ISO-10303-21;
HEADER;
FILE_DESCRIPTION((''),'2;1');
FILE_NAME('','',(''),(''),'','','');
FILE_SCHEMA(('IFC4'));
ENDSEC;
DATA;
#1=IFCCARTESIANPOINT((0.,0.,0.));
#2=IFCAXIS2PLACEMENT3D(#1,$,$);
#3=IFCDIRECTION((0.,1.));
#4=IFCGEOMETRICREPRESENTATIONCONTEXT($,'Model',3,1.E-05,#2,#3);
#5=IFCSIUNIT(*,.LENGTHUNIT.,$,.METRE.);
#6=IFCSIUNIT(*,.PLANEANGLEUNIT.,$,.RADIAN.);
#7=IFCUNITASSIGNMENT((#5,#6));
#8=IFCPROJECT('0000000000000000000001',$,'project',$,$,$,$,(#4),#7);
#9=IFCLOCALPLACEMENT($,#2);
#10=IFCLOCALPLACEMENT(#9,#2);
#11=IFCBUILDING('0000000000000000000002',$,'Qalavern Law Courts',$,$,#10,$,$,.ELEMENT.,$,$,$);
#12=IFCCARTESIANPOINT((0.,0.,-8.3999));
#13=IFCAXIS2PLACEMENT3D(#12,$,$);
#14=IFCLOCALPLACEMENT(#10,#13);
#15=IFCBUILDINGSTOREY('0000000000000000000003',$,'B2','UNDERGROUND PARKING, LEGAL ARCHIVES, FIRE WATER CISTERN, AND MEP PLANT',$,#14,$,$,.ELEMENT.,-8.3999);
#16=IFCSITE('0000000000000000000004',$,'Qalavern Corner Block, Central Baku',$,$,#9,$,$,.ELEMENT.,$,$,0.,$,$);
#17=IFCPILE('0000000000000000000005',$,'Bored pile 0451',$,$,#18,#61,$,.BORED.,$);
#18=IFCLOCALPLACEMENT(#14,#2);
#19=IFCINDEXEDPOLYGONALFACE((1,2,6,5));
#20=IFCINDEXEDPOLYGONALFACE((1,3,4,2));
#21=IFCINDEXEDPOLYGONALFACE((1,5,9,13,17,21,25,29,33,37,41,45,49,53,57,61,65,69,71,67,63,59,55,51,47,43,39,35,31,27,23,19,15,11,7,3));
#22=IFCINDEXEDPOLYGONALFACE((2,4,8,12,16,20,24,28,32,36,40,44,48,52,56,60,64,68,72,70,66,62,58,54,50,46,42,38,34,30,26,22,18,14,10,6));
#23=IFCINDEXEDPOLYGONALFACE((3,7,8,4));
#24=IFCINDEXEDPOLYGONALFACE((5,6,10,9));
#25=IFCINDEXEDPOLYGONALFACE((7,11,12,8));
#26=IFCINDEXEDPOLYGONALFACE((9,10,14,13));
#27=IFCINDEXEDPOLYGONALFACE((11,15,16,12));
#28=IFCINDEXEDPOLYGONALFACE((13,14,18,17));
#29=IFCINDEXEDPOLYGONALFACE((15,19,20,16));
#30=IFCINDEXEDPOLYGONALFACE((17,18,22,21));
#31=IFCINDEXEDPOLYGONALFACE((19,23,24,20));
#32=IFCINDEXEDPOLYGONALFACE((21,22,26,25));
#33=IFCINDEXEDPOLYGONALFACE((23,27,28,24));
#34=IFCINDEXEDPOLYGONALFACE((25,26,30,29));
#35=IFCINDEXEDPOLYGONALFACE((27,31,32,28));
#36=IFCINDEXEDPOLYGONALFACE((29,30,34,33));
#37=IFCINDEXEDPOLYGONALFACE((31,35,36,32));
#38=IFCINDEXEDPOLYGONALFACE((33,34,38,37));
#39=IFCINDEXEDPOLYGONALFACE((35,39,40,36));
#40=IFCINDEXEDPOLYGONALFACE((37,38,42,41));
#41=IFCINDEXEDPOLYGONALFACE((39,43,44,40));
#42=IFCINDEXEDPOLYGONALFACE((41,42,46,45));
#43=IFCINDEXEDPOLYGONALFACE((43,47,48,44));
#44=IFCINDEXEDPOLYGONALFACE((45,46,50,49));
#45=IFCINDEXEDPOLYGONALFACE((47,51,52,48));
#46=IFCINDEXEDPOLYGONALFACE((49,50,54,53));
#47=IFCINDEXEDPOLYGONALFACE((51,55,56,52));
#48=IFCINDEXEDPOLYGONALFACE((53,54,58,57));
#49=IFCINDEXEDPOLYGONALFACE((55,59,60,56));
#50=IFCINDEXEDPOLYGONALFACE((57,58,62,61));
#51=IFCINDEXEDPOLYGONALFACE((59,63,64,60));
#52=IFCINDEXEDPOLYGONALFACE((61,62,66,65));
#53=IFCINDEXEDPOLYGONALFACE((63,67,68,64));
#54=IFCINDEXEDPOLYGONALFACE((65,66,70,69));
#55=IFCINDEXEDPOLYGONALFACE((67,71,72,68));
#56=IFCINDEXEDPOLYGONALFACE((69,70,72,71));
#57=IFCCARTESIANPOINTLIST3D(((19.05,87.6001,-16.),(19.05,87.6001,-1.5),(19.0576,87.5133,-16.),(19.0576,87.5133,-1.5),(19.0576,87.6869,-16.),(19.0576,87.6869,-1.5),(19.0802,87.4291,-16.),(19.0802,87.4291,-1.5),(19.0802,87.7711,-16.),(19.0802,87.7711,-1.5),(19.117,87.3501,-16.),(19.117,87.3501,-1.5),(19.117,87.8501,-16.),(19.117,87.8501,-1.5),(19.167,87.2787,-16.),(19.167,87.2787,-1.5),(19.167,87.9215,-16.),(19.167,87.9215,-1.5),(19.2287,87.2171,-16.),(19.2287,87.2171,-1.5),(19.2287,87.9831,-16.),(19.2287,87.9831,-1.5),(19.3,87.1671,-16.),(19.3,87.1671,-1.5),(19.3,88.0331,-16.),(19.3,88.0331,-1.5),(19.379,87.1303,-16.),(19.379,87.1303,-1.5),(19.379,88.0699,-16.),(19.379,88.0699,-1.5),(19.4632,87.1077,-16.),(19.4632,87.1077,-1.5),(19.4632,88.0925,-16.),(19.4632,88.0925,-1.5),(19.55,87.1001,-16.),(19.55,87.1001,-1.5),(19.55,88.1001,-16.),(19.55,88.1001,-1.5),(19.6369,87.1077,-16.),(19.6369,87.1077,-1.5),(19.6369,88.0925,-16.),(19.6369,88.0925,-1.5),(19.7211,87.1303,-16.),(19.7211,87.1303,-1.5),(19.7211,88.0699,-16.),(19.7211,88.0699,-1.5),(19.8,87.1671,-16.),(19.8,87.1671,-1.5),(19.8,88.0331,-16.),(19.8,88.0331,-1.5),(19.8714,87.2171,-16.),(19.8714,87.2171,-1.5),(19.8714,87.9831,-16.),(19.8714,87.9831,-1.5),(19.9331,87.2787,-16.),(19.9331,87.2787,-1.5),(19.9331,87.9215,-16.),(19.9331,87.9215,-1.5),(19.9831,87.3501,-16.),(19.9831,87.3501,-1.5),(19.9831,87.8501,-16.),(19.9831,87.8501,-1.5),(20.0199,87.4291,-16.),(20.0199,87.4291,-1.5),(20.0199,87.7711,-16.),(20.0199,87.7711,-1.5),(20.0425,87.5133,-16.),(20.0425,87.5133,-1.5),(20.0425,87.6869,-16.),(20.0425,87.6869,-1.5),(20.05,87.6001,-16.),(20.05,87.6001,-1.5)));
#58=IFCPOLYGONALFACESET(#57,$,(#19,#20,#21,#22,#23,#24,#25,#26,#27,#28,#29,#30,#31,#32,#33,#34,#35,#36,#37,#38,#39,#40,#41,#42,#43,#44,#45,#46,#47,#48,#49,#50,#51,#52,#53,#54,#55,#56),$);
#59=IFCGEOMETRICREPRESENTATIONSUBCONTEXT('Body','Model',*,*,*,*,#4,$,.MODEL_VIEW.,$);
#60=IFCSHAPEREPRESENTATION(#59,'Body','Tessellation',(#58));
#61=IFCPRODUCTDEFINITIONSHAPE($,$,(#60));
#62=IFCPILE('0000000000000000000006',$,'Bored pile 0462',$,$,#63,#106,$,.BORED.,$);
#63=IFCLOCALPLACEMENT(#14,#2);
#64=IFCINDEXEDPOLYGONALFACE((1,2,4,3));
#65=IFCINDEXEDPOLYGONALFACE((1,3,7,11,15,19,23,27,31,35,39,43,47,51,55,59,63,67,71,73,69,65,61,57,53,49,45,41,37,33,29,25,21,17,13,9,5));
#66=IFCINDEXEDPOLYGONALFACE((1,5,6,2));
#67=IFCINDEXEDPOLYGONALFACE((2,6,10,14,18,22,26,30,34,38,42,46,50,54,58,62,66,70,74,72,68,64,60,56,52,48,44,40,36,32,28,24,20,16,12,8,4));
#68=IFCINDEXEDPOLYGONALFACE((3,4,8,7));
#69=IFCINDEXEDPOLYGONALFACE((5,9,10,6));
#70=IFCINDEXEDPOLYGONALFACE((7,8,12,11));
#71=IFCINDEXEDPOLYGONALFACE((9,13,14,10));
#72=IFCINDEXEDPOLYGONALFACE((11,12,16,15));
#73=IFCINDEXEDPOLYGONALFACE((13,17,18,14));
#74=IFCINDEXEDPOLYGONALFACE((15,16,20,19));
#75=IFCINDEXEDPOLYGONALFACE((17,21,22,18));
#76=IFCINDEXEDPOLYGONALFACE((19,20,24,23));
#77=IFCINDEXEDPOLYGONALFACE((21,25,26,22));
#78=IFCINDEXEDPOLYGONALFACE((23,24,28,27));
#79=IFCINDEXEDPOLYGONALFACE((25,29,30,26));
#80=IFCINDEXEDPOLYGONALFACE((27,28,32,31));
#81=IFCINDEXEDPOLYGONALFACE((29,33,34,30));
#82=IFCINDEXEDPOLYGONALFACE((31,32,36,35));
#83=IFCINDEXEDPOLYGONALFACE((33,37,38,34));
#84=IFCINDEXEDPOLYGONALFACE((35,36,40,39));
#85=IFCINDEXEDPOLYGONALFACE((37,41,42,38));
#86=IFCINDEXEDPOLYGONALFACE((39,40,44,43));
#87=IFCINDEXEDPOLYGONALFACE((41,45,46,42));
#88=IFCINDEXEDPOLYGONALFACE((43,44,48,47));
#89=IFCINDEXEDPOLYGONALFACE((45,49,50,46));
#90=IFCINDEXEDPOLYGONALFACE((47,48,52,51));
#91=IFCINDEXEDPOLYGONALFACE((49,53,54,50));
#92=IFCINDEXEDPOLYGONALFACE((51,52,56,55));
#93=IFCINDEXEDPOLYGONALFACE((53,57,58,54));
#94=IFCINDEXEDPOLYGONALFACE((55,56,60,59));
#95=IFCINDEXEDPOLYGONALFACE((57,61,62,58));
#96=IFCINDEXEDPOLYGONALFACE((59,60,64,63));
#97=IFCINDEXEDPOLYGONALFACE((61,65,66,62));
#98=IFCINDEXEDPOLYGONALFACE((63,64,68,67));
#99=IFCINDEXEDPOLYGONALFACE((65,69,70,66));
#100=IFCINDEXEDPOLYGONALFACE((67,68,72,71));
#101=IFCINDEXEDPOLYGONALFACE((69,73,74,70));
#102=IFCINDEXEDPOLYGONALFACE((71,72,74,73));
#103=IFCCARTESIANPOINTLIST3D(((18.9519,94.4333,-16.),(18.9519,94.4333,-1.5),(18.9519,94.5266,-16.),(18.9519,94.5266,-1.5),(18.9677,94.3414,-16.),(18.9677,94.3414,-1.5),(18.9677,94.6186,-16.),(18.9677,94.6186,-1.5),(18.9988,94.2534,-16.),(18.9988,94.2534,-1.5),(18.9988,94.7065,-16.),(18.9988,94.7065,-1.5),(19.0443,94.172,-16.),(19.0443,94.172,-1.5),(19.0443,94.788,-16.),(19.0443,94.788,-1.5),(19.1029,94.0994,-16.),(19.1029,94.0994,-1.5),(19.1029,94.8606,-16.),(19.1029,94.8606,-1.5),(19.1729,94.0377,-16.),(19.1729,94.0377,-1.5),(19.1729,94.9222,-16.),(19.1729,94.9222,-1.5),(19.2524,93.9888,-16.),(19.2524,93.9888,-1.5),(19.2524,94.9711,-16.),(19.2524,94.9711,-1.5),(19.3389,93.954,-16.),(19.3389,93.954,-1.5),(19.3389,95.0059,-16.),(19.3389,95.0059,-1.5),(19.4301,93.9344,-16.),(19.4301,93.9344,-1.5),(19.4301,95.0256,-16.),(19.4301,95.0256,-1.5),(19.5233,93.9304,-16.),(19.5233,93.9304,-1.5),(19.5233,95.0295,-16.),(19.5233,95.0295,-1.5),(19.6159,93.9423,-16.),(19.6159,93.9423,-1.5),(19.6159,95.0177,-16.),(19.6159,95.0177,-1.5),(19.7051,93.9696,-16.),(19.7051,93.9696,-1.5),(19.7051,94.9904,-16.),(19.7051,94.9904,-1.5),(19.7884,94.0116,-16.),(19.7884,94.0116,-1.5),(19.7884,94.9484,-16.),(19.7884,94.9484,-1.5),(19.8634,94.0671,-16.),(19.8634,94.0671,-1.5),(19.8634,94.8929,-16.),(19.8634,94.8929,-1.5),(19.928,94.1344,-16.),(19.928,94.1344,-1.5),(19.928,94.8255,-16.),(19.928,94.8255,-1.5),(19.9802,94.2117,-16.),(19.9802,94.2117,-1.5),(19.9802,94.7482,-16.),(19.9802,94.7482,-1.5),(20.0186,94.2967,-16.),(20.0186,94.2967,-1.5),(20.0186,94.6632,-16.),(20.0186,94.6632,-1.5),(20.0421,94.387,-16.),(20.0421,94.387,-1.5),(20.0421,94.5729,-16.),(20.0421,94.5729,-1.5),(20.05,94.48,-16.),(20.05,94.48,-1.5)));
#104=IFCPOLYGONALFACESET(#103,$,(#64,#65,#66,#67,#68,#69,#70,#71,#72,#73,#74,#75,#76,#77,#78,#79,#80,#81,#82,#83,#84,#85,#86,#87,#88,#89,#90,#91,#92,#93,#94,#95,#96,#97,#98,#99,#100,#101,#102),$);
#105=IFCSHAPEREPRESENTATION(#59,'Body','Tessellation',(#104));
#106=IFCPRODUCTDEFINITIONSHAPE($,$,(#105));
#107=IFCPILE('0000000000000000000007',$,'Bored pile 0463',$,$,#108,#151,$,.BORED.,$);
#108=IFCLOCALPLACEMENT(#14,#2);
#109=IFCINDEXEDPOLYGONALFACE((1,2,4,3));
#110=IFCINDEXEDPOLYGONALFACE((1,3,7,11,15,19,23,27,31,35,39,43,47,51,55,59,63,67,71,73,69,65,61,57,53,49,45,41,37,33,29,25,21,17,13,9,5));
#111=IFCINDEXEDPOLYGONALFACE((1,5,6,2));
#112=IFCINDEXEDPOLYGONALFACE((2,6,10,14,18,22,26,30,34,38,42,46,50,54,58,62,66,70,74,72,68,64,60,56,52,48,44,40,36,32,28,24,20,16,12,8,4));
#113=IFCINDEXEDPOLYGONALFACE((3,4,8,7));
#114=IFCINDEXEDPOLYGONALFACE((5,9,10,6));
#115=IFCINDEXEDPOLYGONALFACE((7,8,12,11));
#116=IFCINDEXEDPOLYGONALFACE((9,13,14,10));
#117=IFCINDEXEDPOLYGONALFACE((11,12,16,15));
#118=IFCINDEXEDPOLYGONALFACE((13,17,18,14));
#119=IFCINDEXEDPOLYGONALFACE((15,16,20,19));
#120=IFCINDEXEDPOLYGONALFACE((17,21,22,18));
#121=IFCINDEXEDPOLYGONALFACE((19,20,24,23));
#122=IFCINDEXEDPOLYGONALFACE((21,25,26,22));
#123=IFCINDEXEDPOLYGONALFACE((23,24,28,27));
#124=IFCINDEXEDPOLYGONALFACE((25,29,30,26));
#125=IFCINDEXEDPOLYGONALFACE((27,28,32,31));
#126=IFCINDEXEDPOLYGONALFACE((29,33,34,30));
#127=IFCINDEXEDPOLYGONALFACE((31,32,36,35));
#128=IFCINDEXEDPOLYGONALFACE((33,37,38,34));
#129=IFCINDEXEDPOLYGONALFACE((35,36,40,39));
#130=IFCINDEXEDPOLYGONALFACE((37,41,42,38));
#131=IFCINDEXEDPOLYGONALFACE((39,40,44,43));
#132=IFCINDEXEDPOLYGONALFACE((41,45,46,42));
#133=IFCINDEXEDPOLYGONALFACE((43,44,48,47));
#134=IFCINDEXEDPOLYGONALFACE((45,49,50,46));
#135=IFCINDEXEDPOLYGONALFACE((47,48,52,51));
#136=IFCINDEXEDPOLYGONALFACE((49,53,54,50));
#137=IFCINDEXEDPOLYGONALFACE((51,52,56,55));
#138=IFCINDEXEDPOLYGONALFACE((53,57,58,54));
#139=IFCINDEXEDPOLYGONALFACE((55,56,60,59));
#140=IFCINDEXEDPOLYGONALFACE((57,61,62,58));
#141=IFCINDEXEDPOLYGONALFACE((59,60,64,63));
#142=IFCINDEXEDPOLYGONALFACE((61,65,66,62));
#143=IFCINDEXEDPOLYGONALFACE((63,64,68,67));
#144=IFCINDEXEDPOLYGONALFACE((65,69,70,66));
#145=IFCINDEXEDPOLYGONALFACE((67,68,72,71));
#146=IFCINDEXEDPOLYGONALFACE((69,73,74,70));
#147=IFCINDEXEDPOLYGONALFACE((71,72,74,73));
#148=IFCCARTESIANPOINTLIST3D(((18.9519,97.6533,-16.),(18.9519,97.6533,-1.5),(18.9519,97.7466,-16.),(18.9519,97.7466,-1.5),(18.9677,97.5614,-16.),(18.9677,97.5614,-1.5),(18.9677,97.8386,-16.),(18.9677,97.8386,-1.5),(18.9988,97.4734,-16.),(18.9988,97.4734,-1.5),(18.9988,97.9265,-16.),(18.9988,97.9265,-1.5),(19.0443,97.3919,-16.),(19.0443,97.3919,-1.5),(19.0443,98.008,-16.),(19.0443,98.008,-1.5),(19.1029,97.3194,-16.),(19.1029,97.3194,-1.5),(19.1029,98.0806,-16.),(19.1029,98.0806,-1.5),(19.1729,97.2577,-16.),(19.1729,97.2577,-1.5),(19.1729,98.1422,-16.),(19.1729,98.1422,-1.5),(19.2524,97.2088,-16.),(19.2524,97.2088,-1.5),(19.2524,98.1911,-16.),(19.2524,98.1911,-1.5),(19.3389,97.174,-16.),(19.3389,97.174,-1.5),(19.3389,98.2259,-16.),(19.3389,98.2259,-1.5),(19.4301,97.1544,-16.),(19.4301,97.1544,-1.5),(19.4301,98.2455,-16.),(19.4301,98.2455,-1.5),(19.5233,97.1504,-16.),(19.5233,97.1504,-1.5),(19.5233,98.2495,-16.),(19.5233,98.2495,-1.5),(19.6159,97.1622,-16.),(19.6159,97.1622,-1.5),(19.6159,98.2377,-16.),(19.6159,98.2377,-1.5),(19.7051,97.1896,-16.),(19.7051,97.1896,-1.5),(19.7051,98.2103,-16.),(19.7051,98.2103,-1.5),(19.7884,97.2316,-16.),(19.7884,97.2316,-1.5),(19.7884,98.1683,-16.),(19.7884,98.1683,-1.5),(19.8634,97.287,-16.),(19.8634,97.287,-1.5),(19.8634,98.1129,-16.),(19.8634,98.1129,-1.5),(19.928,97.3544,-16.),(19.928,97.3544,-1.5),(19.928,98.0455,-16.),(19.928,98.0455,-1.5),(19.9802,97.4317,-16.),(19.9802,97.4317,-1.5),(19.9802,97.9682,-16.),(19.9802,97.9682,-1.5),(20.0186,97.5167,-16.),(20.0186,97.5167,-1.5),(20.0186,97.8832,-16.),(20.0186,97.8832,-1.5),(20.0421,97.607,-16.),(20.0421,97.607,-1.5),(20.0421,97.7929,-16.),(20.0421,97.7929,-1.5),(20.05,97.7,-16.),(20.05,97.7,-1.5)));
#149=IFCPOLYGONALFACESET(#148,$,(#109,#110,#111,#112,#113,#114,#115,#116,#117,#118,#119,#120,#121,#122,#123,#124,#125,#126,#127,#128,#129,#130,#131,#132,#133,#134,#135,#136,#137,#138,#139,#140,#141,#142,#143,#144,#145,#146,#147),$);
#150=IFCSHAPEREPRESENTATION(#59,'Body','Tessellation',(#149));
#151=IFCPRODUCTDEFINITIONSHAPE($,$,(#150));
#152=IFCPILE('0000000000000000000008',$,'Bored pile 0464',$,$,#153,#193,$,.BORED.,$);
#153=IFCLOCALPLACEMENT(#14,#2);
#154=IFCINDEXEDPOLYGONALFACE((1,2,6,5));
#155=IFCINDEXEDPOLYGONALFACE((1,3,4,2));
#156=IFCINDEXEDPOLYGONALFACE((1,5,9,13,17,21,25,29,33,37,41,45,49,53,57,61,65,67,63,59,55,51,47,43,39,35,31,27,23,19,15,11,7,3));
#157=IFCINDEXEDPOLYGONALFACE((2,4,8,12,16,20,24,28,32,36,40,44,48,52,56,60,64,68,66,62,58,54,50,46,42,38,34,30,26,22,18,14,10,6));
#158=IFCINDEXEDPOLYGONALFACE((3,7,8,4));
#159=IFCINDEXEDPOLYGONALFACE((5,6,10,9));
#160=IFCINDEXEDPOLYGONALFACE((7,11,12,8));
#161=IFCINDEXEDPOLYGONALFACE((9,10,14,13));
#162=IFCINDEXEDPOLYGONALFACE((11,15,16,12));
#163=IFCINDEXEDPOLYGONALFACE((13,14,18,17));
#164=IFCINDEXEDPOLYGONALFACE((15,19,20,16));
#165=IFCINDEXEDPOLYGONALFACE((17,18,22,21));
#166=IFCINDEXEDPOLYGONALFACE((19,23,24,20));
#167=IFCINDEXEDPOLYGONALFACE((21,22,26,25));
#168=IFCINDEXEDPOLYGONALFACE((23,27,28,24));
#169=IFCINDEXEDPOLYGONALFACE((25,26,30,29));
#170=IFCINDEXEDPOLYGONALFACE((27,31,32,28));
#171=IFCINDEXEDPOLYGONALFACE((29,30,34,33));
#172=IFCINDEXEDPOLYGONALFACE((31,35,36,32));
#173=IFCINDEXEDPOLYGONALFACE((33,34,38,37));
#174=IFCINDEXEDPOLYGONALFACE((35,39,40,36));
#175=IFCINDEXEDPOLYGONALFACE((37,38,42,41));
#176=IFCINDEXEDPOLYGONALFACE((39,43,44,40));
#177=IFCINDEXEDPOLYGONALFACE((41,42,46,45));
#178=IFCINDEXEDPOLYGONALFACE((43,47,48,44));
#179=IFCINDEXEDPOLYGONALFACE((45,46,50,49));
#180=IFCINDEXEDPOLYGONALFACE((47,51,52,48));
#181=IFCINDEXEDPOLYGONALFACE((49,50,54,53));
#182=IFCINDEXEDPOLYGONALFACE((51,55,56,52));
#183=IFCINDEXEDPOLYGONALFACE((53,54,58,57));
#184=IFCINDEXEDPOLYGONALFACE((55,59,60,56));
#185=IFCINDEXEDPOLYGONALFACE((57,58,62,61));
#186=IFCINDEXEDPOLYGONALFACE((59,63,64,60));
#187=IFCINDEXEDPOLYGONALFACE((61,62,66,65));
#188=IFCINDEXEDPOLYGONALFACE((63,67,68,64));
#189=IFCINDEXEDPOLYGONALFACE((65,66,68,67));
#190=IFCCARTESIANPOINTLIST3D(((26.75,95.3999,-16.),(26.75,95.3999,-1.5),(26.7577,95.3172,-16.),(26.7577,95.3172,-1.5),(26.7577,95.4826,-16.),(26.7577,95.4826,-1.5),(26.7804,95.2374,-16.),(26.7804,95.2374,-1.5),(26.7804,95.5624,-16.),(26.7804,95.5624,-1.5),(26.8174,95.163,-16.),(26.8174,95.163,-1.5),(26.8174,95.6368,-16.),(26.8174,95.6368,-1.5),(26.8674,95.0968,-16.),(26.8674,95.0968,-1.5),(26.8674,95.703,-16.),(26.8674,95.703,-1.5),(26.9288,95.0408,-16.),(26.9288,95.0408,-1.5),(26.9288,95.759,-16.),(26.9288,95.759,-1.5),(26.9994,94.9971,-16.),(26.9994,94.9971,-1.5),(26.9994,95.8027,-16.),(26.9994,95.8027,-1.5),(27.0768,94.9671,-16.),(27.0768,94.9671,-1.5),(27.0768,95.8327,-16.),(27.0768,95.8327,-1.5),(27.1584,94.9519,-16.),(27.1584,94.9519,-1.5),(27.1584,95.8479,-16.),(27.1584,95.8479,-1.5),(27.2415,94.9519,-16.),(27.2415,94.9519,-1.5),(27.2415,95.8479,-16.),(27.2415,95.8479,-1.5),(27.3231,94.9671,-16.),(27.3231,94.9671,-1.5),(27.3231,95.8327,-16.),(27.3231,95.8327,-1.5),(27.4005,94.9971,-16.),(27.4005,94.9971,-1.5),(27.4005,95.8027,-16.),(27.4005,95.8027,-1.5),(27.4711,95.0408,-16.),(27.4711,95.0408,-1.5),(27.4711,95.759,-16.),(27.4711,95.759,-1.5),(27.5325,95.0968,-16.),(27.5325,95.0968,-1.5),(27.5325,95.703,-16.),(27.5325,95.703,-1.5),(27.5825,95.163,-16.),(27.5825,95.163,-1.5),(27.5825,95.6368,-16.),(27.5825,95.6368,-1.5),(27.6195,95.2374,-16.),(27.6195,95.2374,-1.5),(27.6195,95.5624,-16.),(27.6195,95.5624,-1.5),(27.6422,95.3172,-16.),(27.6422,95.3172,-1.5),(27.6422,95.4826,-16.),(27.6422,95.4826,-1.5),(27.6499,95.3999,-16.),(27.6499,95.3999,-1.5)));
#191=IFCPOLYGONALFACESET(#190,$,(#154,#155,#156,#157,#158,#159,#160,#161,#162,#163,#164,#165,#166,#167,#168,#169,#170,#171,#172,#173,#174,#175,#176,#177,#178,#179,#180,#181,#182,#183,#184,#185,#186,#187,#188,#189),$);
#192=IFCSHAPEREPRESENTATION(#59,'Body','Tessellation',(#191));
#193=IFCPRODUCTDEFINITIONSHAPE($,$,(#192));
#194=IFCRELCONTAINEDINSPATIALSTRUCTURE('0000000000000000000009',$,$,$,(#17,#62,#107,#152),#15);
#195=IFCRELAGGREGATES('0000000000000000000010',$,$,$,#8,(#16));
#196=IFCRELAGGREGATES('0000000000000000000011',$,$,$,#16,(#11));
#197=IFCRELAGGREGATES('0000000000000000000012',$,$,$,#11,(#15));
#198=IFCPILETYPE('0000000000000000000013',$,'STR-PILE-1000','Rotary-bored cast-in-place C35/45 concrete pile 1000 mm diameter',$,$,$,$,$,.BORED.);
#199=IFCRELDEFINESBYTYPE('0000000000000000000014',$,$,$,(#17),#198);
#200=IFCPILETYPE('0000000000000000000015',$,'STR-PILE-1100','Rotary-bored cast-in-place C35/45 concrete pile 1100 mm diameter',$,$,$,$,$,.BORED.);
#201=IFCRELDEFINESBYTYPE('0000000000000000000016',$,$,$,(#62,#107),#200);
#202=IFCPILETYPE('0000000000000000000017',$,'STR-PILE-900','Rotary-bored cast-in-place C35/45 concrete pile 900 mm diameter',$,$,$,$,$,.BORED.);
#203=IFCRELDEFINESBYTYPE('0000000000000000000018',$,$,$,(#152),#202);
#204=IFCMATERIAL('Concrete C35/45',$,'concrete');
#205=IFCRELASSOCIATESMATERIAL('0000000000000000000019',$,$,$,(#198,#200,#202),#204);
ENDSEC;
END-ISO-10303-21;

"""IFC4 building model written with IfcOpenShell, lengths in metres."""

from ifc_helpers import new_model, si_unit, direction, frame, origin, origin_2d, place, context, subcontext, project, spatial, circle, extrude, material, material_profile, profile_set, type_object, element, save


model = new_model("IFC4")

# Units and contexts
model_context = context("Model", 3, precision=1e-05, world=origin(), true_north=direction((0.0, 1.0)))
body_context = subcontext(model_context, "Body", "Model", "MODEL_VIEW")
ifc_project = project(units=[si_unit("LENGTHUNIT", "METRE"), si_unit("PLANEANGLEUNIT", "RADIAN")], contexts=[model_context])

# Site, building, storey
site_placement = place(None, origin())
site = spatial("IfcSite", under=ifc_project, at=site_placement, Name="Qalavern Corner Block, Central Baku", CompositionType="ELEMENT", RefElevation=0.0)
building_placement = place(site_placement, origin())
building = spatial("IfcBuilding", under=site, at=building_placement, Name="Qalavern Law Courts", CompositionType="ELEMENT")
storey_placement = place(building_placement, frame((0.0, 0.0, -8.3999)))
storey = spatial("IfcBuildingStorey", under=building, at=storey_placement, Name="B2", Description="UNDERGROUND PARKING, LEGAL ARCHIVES, FIRE WATER CISTERN, AND MEP PLANT", CompositionType="ELEMENT", Elevation=-8.3999)

# Shared definitions
ifc_material_1 = material(Name="Concrete C35/45", Category="concrete")

# Piles
ifc_material_profile_1 = material_profile(ifc_material_1, circle(Radius=0.5, at=origin_2d()), Name="BORED PILE 1000")
ifc_profile_set_1 = profile_set([ifc_material_profile_1], Name="Concrete C35/45")
pile_type_1 = type_object("IfcPileType", Name="STR-PILE-1000", Description="Rotary-bored cast-in-place C35/45 concrete pile 1000 mm diameter", PredefinedType="BORED", material=ifc_profile_set_1)
for number, where, z_axis, x_axis, name in (
    (1, (19.55, 87.6001, -1.5), (0.0, 0.0, -1.0), (1.0, 0.0, 0.0), "Bored pile 0451"),
):
    element("IfcPile", number, at=place(storey_placement, frame(where, z_axis=z_axis, x_axis=x_axis)), inside=storey, type_object=pile_type_1, Name=name, PredefinedType="BORED", context=body_context, shape_type="SweptSolid", body=[
        extrude(circle(Radius=0.5, at=origin_2d()), origin(), (0.0, 0.0, 1.0), 14.5),
    ])
ifc_material_profile_2 = material_profile(ifc_material_1, circle(Radius=0.55, at=origin_2d()), Name="BORED PILE 1100")
ifc_profile_set_2 = profile_set([ifc_material_profile_2], Name="Concrete C35/45")
pile_type_2 = type_object("IfcPileType", Name="STR-PILE-1100", Description="Rotary-bored cast-in-place C35/45 concrete pile 1100 mm diameter", PredefinedType="BORED", material=ifc_profile_set_2)
for number, where, z_axis, x_axis, name in (
    (2, (19.5, 94.48, -1.5), (0.0, 0.0, -1.0), (1.0, 0.0, 0.0), "Bored pile 0462"),
    (3, (19.5, 97.7, -1.5), (0.0, 0.0, -1.0), (1.0, 0.0, 0.0), "Bored pile 0463"),
):
    element("IfcPile", number, at=place(storey_placement, frame(where, z_axis=z_axis, x_axis=x_axis)), inside=storey, type_object=pile_type_2, Name=name, PredefinedType="BORED", context=body_context, shape_type="SweptSolid", body=[
        extrude(circle(Radius=0.55, at=origin_2d()), origin(), (0.0, 0.0, 1.0), 14.5),
    ])
ifc_material_profile_3 = material_profile(ifc_material_1, circle(Radius=0.45, at=origin_2d()), Name="BORED PILE 900")
ifc_profile_set_3 = profile_set([ifc_material_profile_3], Name="Concrete C35/45")
pile_type_3 = type_object("IfcPileType", Name="STR-PILE-900", Description="Rotary-bored cast-in-place C35/45 concrete pile 900 mm diameter", PredefinedType="BORED", material=ifc_profile_set_3)
for number, where, z_axis, x_axis, name in (
    (4, (27.2, 95.3999, -1.5), (0.0, 0.0, -1.0), (1.0, 0.0, 0.0), "Bored pile 0464"),
):
    element("IfcPile", number, at=place(storey_placement, frame(where, z_axis=z_axis, x_axis=x_axis)), inside=storey, type_object=pile_type_3, Name=name, PredefinedType="BORED", context=body_context, shape_type="SweptSolid", body=[
        extrude(circle(Radius=0.45, at=origin_2d()), origin(), (0.0, 0.0, 1.0), 14.5),
    ])

save(model, "model.ifc")
